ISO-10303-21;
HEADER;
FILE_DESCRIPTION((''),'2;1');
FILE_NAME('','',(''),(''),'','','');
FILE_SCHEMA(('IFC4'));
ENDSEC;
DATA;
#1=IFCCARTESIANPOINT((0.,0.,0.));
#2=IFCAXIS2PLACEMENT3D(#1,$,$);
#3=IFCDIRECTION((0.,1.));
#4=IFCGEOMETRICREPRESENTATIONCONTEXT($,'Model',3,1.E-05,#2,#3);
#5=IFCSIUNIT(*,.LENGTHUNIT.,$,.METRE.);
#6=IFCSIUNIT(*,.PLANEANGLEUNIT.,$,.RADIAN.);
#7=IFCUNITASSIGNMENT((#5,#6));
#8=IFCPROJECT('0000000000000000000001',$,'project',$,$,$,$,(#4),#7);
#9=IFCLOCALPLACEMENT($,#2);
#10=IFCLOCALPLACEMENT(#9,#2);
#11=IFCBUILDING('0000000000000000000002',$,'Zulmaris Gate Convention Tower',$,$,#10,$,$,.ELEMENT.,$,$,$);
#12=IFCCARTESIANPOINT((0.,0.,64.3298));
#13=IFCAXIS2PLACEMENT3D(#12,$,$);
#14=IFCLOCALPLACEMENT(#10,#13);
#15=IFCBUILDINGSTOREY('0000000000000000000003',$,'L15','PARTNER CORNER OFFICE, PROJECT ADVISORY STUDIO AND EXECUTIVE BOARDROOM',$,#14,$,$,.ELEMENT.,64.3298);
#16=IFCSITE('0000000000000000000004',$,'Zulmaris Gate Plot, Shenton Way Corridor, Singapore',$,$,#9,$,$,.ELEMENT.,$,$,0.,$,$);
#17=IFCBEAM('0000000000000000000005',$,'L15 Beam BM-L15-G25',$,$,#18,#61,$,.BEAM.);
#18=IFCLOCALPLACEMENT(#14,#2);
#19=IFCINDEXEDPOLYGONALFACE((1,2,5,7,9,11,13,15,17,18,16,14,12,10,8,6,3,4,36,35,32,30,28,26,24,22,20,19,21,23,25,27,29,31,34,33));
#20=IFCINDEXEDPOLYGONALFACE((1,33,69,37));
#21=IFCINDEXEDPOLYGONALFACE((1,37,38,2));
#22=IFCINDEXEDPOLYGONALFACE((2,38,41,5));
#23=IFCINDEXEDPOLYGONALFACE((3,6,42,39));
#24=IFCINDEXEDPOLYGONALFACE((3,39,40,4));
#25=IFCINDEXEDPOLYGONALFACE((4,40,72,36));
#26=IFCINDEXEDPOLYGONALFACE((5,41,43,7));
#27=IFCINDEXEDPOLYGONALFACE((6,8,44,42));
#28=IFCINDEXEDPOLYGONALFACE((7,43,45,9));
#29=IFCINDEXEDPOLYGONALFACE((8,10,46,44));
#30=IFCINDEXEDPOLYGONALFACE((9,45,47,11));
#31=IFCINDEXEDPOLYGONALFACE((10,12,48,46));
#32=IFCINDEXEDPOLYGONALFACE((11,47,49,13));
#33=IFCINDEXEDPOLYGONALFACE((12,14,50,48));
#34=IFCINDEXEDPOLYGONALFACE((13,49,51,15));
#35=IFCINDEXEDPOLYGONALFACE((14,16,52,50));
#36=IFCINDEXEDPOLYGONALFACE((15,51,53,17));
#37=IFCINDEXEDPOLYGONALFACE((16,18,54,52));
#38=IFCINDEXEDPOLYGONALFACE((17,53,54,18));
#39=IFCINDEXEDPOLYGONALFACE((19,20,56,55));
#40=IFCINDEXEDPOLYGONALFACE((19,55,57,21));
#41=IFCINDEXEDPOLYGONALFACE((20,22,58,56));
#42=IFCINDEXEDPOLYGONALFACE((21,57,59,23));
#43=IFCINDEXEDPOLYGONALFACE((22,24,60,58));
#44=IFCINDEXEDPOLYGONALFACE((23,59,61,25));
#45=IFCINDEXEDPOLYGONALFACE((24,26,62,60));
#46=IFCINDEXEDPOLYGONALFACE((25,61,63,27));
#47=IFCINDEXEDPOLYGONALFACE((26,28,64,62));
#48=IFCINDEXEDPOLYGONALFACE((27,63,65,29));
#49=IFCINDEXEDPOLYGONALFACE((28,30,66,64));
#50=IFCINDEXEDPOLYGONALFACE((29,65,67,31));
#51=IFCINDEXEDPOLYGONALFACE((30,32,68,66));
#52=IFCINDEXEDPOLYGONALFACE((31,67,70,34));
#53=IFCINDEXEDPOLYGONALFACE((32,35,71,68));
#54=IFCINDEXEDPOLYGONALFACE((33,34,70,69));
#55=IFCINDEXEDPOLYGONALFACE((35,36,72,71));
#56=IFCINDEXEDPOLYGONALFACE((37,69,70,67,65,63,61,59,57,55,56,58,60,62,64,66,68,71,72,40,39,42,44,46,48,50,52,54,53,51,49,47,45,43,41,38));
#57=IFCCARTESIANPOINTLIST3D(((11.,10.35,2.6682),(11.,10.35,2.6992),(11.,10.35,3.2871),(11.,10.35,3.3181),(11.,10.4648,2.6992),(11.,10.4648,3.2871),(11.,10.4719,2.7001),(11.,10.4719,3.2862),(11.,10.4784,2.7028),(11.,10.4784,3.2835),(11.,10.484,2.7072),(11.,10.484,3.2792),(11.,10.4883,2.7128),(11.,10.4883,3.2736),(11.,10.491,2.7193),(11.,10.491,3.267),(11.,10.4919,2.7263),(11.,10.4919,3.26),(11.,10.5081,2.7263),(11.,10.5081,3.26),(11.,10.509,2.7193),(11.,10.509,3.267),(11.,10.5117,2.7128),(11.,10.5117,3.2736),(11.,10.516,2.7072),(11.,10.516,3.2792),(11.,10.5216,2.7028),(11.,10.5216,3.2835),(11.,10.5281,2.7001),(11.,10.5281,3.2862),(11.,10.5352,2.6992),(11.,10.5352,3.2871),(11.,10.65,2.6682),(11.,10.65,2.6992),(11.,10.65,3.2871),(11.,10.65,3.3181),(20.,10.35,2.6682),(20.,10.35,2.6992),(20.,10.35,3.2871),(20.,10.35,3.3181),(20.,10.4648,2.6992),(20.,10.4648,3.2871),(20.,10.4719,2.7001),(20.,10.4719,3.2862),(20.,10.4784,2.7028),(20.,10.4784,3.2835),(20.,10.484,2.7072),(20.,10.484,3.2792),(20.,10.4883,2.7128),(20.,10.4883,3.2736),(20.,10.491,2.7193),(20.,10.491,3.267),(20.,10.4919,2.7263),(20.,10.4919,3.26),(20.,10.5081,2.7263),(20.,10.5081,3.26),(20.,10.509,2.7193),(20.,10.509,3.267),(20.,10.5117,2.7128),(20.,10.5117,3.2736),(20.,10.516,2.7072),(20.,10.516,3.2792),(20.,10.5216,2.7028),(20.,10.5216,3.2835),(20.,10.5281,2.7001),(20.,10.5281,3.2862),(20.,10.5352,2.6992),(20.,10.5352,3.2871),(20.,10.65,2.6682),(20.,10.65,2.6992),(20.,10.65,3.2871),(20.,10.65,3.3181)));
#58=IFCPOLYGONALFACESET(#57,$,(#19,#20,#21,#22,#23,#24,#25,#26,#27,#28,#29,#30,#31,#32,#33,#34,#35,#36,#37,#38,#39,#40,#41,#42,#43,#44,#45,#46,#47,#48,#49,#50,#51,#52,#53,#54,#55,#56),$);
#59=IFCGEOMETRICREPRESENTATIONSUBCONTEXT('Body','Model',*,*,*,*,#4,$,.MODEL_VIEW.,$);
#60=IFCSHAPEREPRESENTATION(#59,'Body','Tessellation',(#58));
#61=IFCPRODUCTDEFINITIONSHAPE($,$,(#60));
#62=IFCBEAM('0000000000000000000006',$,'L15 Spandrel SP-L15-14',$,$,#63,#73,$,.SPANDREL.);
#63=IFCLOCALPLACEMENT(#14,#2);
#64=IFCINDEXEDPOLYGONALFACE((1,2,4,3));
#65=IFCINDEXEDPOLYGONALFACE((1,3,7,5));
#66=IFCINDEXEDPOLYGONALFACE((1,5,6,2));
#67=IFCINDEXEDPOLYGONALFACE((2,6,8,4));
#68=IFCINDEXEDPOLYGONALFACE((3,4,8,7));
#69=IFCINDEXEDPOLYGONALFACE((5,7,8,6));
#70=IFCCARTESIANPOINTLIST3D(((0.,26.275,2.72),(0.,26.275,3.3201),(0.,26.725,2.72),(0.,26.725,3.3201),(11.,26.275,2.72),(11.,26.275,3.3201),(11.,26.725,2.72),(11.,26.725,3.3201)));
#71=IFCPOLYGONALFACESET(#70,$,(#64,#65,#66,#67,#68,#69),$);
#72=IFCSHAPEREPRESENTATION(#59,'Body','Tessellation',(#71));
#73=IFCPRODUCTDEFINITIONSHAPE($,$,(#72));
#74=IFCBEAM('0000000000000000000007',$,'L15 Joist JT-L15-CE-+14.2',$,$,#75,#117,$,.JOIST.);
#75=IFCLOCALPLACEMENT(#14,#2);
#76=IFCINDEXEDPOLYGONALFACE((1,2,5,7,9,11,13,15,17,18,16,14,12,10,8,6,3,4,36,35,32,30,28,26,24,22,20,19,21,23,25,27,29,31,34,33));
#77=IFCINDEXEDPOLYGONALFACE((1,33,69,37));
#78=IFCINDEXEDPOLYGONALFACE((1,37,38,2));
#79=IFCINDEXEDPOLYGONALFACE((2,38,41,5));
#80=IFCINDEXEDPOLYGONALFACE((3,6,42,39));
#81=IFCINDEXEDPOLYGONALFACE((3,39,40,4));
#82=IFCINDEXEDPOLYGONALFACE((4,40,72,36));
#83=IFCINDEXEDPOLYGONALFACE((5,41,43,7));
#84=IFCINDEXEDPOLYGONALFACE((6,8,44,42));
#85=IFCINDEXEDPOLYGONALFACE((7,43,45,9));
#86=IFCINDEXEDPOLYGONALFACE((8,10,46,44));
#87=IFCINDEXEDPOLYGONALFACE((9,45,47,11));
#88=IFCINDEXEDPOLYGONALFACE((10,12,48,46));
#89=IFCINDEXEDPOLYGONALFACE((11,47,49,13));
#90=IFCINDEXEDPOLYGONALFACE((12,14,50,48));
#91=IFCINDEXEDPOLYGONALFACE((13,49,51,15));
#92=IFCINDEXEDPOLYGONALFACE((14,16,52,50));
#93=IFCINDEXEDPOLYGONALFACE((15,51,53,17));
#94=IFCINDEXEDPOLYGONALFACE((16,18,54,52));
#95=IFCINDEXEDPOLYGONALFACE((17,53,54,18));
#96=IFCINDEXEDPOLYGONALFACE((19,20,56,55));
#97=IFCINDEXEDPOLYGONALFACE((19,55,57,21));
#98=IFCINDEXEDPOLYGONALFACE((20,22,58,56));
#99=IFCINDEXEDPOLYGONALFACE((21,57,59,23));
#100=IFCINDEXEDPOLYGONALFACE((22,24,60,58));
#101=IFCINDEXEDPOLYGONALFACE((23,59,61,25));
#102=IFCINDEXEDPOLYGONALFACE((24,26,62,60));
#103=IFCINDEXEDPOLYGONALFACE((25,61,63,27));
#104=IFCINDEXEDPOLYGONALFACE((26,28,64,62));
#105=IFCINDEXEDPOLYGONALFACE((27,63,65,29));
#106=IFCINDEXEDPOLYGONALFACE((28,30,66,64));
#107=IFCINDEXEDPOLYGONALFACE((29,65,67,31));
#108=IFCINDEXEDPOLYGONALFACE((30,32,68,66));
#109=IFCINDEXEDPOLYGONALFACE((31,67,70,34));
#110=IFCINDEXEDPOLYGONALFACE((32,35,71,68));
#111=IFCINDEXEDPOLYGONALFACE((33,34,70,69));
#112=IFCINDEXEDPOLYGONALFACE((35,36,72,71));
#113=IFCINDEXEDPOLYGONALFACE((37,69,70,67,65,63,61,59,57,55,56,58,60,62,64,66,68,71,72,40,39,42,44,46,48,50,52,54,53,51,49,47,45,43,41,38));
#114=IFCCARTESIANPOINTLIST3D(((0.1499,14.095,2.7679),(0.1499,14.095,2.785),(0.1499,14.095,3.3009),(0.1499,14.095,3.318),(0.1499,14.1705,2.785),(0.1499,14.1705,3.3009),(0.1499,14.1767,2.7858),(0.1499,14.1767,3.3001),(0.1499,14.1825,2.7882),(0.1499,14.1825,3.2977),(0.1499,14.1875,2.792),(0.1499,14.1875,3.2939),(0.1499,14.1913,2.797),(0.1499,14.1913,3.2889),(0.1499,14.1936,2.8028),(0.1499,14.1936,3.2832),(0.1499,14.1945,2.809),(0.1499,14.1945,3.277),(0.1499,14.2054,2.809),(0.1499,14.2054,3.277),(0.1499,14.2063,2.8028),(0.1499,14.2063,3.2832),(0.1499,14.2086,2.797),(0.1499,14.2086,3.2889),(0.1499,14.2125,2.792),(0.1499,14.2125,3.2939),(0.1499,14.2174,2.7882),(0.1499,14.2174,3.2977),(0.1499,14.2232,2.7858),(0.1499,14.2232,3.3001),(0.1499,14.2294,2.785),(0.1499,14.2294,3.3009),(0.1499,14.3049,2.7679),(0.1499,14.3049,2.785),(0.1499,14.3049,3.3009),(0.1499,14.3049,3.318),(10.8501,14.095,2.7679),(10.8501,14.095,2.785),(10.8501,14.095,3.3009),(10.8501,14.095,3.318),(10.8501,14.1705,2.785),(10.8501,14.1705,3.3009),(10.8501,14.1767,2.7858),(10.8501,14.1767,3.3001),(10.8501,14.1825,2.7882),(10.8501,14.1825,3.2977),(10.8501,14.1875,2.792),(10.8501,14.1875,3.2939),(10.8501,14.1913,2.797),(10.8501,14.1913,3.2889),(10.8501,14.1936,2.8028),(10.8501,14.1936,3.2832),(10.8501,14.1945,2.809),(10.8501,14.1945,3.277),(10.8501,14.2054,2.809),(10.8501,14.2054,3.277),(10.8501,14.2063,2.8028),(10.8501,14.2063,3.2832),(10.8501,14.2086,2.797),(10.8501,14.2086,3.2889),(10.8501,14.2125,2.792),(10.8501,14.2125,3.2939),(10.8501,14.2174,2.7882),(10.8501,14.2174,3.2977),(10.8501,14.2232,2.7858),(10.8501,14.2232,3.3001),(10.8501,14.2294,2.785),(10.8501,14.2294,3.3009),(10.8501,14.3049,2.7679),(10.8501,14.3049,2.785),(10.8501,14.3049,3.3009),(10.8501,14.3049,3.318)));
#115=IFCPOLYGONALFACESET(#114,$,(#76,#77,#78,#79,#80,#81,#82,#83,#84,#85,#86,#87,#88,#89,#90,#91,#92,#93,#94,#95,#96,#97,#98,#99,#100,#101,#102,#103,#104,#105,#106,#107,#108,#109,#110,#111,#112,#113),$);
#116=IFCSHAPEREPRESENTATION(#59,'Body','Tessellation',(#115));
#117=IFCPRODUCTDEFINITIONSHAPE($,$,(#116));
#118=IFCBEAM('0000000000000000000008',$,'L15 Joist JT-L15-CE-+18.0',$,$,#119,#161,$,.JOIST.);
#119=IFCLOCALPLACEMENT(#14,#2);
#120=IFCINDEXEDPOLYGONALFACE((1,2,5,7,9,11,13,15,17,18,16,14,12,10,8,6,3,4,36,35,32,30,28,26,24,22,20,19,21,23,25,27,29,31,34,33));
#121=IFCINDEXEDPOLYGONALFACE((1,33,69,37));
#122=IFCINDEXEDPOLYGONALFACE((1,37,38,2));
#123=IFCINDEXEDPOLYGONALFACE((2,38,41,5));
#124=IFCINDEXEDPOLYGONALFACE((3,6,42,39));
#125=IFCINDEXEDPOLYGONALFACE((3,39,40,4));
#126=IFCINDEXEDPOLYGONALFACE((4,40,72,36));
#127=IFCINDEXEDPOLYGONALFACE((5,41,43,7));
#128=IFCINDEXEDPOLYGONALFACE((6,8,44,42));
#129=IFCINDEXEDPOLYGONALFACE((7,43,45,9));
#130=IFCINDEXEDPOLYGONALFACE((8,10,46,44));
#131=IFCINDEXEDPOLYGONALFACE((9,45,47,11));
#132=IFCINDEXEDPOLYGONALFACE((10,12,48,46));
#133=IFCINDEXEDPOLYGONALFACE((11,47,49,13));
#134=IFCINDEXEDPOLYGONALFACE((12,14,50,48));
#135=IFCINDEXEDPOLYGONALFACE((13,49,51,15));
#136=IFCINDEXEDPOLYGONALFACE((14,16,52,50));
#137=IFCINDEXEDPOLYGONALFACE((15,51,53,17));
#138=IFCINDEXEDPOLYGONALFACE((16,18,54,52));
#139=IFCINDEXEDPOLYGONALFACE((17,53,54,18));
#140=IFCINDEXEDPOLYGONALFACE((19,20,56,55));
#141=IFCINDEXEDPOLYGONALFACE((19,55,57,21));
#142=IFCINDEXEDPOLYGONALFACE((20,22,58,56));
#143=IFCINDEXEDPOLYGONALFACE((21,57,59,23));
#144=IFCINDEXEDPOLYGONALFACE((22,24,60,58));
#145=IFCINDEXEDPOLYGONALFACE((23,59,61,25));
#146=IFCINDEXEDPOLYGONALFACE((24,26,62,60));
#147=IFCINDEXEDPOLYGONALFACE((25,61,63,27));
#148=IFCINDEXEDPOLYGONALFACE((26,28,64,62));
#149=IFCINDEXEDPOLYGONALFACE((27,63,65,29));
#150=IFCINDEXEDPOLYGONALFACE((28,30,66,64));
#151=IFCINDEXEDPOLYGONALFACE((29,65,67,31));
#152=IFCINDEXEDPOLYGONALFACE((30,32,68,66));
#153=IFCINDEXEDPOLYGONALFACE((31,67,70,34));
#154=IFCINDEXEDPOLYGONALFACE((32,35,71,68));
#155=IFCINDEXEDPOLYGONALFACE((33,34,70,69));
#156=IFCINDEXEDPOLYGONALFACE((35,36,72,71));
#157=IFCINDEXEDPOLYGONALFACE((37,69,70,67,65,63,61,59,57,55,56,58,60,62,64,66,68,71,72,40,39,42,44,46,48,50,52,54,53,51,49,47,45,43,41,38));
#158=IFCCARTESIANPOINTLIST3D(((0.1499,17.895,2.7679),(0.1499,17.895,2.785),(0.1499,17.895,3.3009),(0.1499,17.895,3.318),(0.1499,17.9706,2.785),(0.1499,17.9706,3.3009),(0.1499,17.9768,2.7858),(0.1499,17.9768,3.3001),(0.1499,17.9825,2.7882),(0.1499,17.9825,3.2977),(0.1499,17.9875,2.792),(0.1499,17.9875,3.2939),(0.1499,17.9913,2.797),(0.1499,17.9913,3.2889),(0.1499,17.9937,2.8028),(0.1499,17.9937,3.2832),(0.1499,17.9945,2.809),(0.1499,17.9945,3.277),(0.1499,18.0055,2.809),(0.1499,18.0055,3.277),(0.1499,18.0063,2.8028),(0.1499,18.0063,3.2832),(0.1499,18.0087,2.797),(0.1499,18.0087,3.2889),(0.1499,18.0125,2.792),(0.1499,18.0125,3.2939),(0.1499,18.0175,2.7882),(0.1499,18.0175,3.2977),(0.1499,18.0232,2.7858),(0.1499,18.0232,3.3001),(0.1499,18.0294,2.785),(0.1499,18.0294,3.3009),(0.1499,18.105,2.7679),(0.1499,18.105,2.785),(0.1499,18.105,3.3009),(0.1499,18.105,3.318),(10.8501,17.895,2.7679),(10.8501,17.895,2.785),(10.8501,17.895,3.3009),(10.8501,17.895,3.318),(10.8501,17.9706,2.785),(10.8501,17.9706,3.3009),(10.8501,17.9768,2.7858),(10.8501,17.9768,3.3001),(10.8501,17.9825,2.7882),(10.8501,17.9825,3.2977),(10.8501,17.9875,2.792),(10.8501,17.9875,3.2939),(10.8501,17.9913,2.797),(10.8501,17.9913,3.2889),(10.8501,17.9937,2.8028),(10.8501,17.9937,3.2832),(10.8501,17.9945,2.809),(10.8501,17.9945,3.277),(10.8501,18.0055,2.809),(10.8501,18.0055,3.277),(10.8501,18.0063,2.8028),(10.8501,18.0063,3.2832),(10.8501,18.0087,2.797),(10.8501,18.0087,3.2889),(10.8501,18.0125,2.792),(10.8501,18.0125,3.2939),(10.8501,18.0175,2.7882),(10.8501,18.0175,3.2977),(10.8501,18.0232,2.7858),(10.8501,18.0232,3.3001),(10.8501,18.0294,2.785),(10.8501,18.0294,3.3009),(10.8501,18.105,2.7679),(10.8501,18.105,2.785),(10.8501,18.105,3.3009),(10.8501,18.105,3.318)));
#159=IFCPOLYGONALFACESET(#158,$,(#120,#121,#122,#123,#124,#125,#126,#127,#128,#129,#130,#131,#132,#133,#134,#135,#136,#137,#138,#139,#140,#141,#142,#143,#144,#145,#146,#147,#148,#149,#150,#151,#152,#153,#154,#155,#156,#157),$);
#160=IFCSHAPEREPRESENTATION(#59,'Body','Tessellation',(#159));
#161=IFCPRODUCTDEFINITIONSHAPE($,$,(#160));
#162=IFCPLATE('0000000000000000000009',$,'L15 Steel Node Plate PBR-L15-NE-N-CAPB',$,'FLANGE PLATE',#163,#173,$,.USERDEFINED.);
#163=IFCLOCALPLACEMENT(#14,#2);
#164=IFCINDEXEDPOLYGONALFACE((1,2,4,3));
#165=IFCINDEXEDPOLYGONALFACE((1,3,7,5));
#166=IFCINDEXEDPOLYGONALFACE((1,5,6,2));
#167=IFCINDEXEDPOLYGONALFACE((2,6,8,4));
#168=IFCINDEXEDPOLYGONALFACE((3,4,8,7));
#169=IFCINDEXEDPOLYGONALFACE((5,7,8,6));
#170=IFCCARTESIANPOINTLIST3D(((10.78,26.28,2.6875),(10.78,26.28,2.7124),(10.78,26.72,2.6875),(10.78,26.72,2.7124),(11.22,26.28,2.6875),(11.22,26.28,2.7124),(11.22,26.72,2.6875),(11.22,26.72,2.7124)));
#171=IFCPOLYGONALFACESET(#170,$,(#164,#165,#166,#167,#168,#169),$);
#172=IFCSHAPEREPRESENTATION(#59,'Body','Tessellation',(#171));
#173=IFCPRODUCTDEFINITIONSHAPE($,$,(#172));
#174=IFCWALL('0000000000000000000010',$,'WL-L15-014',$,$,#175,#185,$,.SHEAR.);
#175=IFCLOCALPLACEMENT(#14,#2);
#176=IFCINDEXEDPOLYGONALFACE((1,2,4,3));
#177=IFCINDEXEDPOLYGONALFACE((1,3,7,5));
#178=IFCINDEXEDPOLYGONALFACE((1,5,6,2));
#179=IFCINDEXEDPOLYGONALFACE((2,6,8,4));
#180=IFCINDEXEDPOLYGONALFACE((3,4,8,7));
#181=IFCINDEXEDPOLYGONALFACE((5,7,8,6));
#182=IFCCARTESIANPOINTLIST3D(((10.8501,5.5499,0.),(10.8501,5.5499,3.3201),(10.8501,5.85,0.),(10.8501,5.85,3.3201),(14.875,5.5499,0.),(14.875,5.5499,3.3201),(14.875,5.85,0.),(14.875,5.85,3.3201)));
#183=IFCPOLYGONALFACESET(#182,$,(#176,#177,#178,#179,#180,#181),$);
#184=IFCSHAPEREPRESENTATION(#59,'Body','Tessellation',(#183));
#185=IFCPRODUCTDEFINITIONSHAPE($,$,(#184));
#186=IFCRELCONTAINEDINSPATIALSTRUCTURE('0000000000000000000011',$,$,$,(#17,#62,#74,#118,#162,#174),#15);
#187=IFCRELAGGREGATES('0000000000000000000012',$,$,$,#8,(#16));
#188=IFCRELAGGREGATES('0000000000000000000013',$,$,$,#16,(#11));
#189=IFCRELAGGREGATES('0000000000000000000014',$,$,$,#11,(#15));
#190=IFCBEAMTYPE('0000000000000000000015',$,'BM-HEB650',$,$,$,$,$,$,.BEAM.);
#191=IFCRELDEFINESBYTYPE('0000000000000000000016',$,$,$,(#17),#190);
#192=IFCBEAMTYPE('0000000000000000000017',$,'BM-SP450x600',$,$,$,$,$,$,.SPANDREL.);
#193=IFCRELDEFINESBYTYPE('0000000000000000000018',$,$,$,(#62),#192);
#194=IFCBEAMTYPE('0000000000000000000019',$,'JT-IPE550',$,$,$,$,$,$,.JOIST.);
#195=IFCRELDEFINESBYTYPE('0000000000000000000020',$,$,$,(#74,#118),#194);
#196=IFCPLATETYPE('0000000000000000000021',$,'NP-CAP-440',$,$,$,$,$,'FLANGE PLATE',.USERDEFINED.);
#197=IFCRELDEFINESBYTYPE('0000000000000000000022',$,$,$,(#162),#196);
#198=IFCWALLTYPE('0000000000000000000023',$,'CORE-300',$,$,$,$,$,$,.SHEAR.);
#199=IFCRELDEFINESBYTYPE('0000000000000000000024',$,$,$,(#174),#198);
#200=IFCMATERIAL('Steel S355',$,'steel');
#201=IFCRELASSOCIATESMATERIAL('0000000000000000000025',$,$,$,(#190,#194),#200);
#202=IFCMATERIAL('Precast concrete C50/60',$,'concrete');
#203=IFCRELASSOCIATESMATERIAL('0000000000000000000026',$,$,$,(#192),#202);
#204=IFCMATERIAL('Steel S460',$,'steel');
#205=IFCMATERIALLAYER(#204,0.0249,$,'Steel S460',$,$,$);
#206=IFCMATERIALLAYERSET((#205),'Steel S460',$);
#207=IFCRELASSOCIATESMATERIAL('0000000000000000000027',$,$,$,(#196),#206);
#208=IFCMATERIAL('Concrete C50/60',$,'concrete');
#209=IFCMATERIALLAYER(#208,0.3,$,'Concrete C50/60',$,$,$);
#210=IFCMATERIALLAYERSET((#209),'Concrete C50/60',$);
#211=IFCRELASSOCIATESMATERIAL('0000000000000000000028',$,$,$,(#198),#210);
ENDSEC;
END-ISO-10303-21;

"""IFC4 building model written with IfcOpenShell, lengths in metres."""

from ifc_helpers import new_model, si_unit, direction, frame, frame_2d, origin, origin_2d, place, context, subcontext, project, spatial, rectangle, i_section, extrude, material, layer, layer_set, material_profile, profile_set, type_object, element, save


model = new_model("IFC4")

# Units and contexts
model_context = context("Model", 3, precision=1e-05, world=origin(), true_north=direction((0.0, 1.0)))
body_context = subcontext(model_context, "Body", "Model", "MODEL_VIEW")
ifc_project = project(units=[si_unit("LENGTHUNIT", "METRE"), si_unit("PLANEANGLEUNIT", "RADIAN")], contexts=[model_context])

# Site, building, storey
site_placement = place(None, origin())
site = spatial("IfcSite", under=ifc_project, at=site_placement, Name="Zulmaris Gate Plot, Shenton Way Corridor, Singapore", CompositionType="ELEMENT", RefElevation=0.0)
building_placement = place(site_placement, origin())
building = spatial("IfcBuilding", under=site, at=building_placement, Name="Zulmaris Gate Convention Tower", CompositionType="ELEMENT")
storey_placement = place(building_placement, frame((0.0, 0.0, 64.3298)))
storey = spatial("IfcBuildingStorey", under=building, at=storey_placement, Name="L15", Description="PARTNER CORNER OFFICE, PROJECT ADVISORY STUDIO AND EXECUTIVE BOARDROOM", CompositionType="ELEMENT", Elevation=64.3298)

# Beams
ifc_material_1 = material(Name="Steel S355", Category="steel")
ifc_material_profile_1 = material_profile(ifc_material_1, i_section(OverallWidth=0.3, OverallDepth=0.6499, WebThickness=0.0161, FlangeThickness=0.031, FilletRadius=0.0271, at=origin_2d()), Name="HEB 650")
ifc_profile_set_1 = profile_set([ifc_material_profile_1], Name="Steel S355")
beam_type_1 = type_object("IfcBeamType", Name="BM-HEB650", PredefinedType="BEAM", material=ifc_profile_set_1)
beam_1_placement = place(storey_placement, frame((11.0, 10.5, 2.9932), z_axis=(1.0, 0.0, 0.0), x_axis=(0.0, 1.0, 0.0)))
element("IfcBeam", 1, at=beam_1_placement, inside=storey, type_object=beam_type_1, Name="L15 Beam BM-L15-G25", PredefinedType="BEAM", context=body_context, shape_type="SweptSolid", body=[
    extrude(i_section(OverallWidth=0.3, OverallDepth=0.6499, WebThickness=0.0161, FlangeThickness=0.031, FilletRadius=0.0271, at=origin_2d()), origin(), (0.0, 0.0, 1.0), 9.0),
])
ifc_material_2 = material(Name="Precast concrete C50/60", Category="concrete")
ifc_material_profile_2 = material_profile(ifc_material_2, rectangle(XDim=0.45, YDim=0.6001, at=origin_2d()), Name="RC SPANDREL 450x600")
ifc_profile_set_2 = profile_set([ifc_material_profile_2], Name="Precast concrete C50/60")
beam_type_2 = type_object("IfcBeamType", Name="BM-SP450x600", PredefinedType="SPANDREL", material=ifc_profile_set_2)
beam_2_placement = place(storey_placement, frame((11.0, 26.5, 3.02), z_axis=(-1.0, 0.0, 0.0), x_axis=(0.0, -1.0, 0.0)))
element("IfcBeam", 2, at=beam_2_placement, inside=storey, type_object=beam_type_2, Name="L15 Spandrel SP-L15-14", PredefinedType="SPANDREL", context=body_context, shape_type="SweptSolid", body=[
    extrude(rectangle(XDim=0.45, YDim=0.6001, at=origin_2d()), origin(), (0.0, 0.0, 1.0), 11.0),
])
ifc_material_profile_3 = material_profile(ifc_material_1, i_section(OverallWidth=0.21, OverallDepth=0.55, WebThickness=0.011, FlangeThickness=0.0171, FilletRadius=0.0239, at=origin_2d()), Name="IPE 550")
ifc_profile_set_3 = profile_set([ifc_material_profile_3], Name="Steel S355")
beam_type_3 = type_object("IfcBeamType", Name="JT-IPE550", PredefinedType="JOIST", material=ifc_profile_set_3)
for number, where, z_axis, x_axis, name in (
    (3, (0.1499, 14.2, 3.043), (1.0, 0.0, 0.0), (0.0, 1.0, 0.0), "L15 Joist JT-L15-CE-+14.2"),
    (4, (0.1499, 18.0, 3.043), (1.0, 0.0, 0.0), (0.0, 1.0, 0.0), "L15 Joist JT-L15-CE-+18.0"),
):
    element("IfcBeam", number, at=place(storey_placement, frame(where, z_axis=z_axis, x_axis=x_axis)), inside=storey, type_object=beam_type_3, Name=name, PredefinedType="JOIST", context=body_context, shape_type="SweptSolid", body=[
        extrude(i_section(OverallWidth=0.21, OverallDepth=0.55, WebThickness=0.011, FlangeThickness=0.0171, FilletRadius=0.0239, at=origin_2d()), origin(), (0.0, 0.0, 1.0), 10.7002),
    ])

# Plate
ifc_material_3 = material(Name="Steel S460", Category="steel")
ifc_layer_1 = layer(ifc_material_3, 0.0249, Name="Steel S460")
ifc_layer_set_1 = layer_set([ifc_layer_1], Name="Steel S460")
plate_type = type_object("IfcPlateType", Name="NP-CAP-440", ElementType="FLANGE PLATE", PredefinedType="USERDEFINED", material=ifc_layer_set_1)
plate_placement = place(storey_placement, frame((11.0, 26.5, 2.6875), z_axis=(0.0, 0.0, 1.0), x_axis=(1.0, 0.0, 0.0)))
element("IfcPlate", 5, at=plate_placement, inside=storey, type_object=plate_type, Name="L15 Steel Node Plate PBR-L15-NE-N-CAPB", ObjectType="FLANGE PLATE", PredefinedType="USERDEFINED", context=body_context, shape_type="SweptSolid", body=[
    extrude(rectangle(XDim=0.4399, YDim=0.4399, at=origin_2d()), origin(), (0.0, 0.0, 1.0), 0.0249),
])

# Wall
ifc_material_4 = material(Name="Concrete C50/60", Category="concrete")
ifc_layer_2 = layer(ifc_material_4, 0.3, Name="Concrete C50/60")
ifc_layer_set_2 = layer_set([ifc_layer_2], Name="Concrete C50/60")
wall_type_1 = type_object("IfcWallType", Name="CORE-300", PredefinedType="SHEAR", material=ifc_layer_set_2)
wall_1_placement = place(storey_placement, frame((10.8501, 5.7, 0.0), z_axis=(0.0, 0.0, 1.0), x_axis=(1.0, 0.0, 0.0)))
element("IfcWall", 6, at=wall_1_placement, inside=storey, type_object=wall_type_1, Name="WL-L15-014", PredefinedType="SHEAR", context=body_context, shape_type="SweptSolid", body=[
    extrude(rectangle(XDim=4.0249, YDim=0.3, at=frame_2d((2.0125, 0.0))), origin(), (0.0, 0.0, 1.0), 3.3201),
])

save(model, "model.ifc")
